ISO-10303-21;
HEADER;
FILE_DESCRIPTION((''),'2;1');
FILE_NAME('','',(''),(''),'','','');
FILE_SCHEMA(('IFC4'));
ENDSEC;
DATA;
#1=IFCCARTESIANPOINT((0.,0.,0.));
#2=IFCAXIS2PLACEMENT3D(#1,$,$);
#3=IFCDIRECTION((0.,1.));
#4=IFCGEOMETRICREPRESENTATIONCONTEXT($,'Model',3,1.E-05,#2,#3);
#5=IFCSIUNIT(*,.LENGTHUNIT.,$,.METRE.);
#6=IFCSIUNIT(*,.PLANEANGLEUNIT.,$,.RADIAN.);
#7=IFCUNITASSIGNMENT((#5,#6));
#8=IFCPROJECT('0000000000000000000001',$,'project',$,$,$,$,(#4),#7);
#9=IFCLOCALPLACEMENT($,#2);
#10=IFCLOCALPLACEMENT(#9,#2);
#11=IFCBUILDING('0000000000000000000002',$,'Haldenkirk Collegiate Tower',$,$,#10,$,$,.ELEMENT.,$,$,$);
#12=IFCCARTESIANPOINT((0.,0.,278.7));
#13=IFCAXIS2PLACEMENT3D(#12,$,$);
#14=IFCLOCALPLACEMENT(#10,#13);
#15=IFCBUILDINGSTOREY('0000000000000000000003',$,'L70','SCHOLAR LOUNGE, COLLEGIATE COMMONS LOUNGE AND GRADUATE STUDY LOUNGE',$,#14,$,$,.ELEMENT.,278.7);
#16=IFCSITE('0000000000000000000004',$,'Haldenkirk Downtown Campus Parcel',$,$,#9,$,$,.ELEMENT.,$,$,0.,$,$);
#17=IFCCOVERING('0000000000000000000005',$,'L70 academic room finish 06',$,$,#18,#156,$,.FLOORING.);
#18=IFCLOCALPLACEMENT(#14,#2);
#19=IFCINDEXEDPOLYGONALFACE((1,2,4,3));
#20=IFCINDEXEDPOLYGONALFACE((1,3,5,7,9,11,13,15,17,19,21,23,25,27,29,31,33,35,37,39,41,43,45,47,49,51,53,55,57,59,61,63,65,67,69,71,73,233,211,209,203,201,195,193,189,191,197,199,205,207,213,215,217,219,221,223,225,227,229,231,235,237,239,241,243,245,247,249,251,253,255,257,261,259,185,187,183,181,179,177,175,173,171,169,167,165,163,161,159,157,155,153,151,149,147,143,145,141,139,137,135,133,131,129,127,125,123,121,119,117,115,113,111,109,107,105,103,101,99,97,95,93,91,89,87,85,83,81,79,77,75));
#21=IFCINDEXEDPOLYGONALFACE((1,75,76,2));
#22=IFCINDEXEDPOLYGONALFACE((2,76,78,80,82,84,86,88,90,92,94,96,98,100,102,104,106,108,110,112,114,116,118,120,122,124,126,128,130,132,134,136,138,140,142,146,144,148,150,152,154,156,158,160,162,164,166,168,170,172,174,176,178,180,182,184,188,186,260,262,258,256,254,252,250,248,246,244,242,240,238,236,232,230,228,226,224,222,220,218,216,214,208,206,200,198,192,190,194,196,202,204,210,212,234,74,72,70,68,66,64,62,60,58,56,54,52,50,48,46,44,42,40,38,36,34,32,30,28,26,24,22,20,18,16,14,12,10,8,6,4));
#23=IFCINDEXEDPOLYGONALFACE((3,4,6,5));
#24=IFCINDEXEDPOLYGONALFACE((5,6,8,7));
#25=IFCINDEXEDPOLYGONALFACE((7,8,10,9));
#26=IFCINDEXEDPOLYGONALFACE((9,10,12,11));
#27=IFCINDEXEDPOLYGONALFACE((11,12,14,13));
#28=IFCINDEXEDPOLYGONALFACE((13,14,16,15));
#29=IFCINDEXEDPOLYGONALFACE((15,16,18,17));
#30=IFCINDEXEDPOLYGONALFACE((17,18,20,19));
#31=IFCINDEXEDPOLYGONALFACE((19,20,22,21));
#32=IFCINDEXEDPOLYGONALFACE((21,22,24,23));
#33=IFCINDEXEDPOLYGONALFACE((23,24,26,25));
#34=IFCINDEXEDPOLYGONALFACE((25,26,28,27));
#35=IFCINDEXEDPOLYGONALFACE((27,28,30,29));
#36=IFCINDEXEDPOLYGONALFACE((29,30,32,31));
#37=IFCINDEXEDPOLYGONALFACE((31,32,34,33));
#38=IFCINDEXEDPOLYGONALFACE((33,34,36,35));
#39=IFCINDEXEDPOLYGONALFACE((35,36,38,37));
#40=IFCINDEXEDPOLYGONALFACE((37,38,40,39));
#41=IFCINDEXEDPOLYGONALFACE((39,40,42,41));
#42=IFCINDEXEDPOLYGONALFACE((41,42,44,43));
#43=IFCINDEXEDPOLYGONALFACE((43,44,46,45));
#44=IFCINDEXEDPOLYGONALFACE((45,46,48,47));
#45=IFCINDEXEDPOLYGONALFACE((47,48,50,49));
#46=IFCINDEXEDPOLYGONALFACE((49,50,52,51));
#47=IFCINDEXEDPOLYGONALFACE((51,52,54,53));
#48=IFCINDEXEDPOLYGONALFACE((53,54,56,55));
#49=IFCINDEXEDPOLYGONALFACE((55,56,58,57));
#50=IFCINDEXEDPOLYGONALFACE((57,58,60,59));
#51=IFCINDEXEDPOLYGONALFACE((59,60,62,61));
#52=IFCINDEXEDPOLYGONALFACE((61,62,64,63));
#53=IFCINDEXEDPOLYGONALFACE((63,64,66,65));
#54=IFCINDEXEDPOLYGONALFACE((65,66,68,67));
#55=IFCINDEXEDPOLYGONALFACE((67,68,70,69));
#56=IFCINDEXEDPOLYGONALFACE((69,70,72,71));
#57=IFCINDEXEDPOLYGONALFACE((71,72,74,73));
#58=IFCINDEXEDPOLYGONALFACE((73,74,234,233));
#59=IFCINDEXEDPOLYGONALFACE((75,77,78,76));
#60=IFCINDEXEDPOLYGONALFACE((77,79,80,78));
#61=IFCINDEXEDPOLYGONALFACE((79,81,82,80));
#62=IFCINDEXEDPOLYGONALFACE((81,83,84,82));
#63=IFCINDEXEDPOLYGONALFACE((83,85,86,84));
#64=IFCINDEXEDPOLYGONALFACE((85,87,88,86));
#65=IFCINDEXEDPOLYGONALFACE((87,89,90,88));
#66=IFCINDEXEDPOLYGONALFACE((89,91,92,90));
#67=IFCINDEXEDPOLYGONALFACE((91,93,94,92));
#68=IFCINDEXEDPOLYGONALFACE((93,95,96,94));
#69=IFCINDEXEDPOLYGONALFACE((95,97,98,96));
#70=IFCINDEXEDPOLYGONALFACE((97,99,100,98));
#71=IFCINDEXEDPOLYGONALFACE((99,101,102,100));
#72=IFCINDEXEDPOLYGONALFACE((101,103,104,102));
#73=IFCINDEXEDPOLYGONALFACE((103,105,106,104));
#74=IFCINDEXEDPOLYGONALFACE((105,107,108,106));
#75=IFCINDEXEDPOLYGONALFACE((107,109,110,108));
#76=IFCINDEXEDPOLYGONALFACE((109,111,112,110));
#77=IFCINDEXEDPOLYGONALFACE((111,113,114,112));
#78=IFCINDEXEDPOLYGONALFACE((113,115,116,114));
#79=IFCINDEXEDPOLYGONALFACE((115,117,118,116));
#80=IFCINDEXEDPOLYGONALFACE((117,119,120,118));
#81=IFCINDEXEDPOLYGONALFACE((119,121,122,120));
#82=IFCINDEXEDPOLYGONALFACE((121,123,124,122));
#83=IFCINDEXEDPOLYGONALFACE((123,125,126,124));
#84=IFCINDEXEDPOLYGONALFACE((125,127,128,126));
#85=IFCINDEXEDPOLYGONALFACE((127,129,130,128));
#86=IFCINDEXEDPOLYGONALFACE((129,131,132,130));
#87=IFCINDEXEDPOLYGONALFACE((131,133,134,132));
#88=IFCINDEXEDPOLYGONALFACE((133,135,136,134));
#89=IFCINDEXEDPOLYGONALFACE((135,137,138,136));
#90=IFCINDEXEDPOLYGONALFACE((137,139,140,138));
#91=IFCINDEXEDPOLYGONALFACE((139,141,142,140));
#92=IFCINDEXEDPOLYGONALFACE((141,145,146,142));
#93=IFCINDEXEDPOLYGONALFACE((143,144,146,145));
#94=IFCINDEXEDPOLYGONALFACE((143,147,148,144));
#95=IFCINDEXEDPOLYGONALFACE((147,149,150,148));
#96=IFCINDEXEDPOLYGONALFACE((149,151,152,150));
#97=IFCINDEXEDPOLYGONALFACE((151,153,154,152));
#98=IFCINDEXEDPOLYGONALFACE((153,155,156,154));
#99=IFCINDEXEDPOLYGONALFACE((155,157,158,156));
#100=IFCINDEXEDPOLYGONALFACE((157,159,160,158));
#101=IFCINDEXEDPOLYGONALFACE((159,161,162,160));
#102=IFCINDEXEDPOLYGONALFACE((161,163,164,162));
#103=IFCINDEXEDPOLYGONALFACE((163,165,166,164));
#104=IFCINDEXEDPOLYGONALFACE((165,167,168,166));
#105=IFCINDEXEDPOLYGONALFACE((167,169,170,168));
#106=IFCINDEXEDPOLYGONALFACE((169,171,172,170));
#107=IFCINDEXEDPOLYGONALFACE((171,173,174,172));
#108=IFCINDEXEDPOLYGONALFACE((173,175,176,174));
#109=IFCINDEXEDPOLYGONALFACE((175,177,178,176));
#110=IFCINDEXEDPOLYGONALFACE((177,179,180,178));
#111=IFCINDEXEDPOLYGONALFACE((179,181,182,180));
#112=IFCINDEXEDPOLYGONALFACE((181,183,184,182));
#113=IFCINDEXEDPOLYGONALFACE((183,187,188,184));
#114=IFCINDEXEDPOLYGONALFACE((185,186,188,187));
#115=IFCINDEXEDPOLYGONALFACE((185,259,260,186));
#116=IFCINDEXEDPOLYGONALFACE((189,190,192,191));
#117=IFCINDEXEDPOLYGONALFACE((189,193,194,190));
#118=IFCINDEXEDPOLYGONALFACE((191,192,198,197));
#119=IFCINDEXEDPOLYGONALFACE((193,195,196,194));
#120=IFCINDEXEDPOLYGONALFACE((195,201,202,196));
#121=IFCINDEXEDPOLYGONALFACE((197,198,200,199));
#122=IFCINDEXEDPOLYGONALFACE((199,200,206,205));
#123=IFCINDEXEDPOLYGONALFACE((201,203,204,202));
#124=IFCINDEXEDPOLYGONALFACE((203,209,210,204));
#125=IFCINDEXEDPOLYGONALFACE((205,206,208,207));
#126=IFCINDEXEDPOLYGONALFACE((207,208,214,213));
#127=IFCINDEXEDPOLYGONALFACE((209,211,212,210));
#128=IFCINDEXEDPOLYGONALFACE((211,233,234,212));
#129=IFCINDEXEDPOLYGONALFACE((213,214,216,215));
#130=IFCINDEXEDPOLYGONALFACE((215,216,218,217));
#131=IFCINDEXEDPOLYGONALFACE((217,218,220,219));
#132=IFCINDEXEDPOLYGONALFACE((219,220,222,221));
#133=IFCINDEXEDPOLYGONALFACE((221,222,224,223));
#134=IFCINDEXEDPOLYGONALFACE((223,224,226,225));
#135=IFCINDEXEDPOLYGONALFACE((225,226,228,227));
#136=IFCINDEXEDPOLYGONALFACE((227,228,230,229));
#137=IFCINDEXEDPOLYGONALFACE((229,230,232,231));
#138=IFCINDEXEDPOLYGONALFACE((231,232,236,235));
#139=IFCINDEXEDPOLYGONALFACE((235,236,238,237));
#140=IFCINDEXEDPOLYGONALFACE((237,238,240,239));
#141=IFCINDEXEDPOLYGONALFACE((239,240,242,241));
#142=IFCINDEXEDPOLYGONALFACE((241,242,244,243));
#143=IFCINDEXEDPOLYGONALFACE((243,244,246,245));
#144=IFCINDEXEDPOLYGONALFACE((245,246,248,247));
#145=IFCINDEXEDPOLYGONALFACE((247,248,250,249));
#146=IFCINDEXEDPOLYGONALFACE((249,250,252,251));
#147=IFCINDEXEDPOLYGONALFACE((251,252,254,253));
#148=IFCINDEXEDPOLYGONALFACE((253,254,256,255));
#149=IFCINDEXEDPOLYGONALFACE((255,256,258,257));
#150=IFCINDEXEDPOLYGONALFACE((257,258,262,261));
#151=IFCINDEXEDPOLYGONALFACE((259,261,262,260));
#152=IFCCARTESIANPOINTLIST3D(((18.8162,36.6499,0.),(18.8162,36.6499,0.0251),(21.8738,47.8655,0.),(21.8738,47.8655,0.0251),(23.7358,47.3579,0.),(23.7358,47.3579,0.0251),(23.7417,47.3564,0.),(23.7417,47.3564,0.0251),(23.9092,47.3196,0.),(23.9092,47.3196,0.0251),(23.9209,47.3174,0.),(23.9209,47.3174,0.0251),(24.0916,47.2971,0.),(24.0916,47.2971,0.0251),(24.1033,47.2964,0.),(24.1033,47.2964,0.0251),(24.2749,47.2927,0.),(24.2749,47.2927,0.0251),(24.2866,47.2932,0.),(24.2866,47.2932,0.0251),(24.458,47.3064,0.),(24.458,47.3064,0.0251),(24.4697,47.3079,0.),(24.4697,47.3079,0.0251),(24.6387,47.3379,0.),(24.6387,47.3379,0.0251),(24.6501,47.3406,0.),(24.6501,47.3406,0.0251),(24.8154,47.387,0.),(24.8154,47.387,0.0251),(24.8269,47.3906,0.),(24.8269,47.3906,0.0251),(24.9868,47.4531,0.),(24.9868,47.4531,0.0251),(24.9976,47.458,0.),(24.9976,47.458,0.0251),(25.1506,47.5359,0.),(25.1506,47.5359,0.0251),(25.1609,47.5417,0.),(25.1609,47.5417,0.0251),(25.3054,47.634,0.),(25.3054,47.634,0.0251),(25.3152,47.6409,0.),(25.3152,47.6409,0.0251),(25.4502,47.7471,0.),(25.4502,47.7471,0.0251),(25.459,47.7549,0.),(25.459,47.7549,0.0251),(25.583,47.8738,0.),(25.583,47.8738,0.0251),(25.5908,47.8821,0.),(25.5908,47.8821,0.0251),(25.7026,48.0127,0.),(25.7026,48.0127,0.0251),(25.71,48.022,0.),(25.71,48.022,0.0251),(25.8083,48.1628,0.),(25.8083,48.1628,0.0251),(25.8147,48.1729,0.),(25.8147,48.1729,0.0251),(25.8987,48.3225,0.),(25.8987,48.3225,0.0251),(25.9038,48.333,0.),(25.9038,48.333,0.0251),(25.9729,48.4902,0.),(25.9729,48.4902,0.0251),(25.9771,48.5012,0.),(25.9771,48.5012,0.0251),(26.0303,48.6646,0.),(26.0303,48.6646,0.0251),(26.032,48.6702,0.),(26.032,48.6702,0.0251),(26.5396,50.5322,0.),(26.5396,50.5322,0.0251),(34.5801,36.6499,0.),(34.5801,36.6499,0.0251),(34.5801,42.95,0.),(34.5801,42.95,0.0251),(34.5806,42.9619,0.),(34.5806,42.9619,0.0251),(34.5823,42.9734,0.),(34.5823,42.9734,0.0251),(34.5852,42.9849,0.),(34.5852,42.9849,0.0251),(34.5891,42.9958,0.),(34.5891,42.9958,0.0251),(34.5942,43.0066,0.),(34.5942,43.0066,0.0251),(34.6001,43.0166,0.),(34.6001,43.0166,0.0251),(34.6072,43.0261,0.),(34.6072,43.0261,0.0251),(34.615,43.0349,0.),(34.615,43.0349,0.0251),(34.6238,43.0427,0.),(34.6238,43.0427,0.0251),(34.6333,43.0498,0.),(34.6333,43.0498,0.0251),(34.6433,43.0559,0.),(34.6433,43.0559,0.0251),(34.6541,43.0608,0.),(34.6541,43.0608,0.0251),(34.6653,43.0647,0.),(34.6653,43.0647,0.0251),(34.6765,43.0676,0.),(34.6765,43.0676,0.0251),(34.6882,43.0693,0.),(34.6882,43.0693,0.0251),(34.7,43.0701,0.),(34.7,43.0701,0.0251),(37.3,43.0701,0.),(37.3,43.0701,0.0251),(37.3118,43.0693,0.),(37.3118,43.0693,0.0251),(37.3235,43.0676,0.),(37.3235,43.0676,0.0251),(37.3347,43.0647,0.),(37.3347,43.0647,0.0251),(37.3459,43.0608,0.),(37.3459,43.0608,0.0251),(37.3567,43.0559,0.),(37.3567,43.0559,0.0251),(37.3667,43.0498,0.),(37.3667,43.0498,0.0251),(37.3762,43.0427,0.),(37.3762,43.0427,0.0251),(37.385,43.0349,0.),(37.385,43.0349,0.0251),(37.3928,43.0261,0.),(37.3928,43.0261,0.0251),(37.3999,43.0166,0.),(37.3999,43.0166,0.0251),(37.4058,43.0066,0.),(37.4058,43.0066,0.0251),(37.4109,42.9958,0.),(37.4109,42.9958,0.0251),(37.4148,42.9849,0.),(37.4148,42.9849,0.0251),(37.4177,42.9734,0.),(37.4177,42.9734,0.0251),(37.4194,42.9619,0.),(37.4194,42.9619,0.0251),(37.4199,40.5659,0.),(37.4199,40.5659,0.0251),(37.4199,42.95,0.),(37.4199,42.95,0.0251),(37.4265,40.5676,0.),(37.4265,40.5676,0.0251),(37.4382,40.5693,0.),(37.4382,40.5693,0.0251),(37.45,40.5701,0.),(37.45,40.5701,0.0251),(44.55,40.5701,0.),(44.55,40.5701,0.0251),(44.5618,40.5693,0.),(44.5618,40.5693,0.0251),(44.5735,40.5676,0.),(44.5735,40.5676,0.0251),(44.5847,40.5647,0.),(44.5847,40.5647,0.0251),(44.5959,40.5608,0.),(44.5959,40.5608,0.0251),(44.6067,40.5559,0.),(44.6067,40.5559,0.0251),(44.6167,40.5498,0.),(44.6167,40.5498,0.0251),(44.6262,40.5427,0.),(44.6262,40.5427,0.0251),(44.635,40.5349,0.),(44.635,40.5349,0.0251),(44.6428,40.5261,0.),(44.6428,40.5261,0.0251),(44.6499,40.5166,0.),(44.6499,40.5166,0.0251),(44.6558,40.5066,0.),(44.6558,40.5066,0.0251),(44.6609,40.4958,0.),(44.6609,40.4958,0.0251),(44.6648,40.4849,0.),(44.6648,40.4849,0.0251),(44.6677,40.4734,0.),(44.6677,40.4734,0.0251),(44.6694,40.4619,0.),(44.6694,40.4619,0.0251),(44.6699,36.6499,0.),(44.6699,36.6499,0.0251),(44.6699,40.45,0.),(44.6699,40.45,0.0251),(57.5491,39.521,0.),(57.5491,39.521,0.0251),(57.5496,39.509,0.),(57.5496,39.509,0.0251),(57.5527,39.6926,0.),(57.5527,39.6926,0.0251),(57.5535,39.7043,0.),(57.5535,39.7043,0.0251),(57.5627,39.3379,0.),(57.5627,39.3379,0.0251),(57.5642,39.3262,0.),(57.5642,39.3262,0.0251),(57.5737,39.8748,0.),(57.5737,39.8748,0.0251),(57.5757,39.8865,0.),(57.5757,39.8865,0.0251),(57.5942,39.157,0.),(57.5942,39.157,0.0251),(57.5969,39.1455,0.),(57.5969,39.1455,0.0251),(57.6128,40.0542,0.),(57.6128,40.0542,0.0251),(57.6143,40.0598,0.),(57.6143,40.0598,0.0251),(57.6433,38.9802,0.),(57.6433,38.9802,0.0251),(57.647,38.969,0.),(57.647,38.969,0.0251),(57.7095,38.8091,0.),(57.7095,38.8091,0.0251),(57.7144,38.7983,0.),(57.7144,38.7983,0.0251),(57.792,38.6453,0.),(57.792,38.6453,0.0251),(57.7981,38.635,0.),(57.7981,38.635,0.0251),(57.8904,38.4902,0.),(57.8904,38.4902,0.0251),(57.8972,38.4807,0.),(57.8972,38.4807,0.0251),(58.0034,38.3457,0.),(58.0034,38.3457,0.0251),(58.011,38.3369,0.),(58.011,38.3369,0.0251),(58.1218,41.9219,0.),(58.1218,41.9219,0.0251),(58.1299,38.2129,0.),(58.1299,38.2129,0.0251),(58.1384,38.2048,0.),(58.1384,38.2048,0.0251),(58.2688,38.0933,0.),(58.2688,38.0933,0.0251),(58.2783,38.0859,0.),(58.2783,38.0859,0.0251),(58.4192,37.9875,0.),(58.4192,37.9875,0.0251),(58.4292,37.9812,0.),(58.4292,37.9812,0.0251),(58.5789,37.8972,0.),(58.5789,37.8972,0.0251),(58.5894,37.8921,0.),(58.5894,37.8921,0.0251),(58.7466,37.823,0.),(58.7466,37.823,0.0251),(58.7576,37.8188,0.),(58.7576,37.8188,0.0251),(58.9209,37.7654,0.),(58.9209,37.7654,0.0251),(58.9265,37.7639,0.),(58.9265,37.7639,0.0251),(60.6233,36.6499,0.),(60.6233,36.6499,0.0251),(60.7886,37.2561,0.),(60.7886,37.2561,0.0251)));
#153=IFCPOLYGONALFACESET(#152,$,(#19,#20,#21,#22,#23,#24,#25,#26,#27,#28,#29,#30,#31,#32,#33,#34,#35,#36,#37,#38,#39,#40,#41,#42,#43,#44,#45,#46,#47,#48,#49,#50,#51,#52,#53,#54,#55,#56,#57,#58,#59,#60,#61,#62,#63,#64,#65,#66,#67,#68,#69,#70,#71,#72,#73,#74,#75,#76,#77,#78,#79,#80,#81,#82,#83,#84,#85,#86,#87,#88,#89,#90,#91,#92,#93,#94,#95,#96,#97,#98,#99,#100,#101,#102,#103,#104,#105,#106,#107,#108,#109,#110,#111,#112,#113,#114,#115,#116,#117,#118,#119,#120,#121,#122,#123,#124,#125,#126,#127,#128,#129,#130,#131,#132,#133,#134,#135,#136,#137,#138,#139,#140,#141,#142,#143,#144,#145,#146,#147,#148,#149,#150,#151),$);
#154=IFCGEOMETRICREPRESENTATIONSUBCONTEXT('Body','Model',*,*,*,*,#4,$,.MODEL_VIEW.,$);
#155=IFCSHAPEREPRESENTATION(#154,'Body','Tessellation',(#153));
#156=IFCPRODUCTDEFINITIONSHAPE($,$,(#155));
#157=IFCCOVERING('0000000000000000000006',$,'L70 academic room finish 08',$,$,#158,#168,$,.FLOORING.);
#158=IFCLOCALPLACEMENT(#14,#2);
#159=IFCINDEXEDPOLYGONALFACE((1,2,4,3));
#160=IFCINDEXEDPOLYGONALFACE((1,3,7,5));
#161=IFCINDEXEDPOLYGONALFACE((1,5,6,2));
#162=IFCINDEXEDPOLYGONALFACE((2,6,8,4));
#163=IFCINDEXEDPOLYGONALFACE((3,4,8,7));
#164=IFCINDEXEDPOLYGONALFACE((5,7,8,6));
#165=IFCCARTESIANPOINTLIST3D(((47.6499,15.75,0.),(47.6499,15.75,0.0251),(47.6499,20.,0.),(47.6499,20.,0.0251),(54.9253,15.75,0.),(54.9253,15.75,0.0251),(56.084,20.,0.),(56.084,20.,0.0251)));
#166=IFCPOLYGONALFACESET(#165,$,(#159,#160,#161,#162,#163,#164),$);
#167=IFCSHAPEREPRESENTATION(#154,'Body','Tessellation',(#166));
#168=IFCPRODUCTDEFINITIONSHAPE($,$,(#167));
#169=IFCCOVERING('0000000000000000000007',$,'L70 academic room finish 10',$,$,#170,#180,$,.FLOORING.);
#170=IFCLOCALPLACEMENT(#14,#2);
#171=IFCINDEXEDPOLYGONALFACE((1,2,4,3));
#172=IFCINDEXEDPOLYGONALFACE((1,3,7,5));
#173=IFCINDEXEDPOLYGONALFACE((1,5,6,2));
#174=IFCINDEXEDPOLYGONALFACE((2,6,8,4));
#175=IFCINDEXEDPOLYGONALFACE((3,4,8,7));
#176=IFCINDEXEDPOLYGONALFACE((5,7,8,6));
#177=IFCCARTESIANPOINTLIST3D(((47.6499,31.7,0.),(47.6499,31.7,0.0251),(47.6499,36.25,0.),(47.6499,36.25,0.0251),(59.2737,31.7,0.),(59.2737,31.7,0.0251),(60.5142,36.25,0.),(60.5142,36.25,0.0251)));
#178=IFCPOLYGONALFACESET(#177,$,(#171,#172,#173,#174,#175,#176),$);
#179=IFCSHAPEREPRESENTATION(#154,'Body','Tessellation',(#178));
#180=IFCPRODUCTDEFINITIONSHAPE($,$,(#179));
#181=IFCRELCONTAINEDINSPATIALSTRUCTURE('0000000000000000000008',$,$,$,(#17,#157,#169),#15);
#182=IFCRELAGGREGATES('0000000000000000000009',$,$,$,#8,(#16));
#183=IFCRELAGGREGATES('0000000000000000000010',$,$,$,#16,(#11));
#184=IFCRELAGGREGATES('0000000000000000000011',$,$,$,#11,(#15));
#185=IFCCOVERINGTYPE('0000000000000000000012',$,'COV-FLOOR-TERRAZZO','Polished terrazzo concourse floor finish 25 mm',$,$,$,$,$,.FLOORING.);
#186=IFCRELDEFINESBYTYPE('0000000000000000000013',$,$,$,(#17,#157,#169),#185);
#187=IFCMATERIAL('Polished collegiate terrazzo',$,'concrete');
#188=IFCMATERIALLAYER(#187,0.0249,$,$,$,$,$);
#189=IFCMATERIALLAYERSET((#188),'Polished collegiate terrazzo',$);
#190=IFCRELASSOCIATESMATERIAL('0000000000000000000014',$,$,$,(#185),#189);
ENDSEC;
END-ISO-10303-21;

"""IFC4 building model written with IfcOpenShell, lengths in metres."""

from ifc_helpers import new_model, si_unit, direction, frame, origin, place, context, subcontext, project, spatial, polyline, outline, extrude, material, layer, layer_set, type_object, element, save


model = new_model("IFC4")

# Units and contexts
model_context = context("Model", 3, precision=1e-05, world=origin(), true_north=direction((0.0, 1.0)))
body_context = subcontext(model_context, "Body", "Model", "MODEL_VIEW")
ifc_project = project(units=[si_unit("LENGTHUNIT", "METRE"), si_unit("PLANEANGLEUNIT", "RADIAN")], contexts=[model_context])

# Site, building, storey
site_placement = place(None, origin())
site = spatial("IfcSite", under=ifc_project, at=site_placement, Name="Haldenkirk Downtown Campus Parcel", CompositionType="ELEMENT", RefElevation=0.0)
building_placement = place(site_placement, origin())
building = spatial("IfcBuilding", under=site, at=building_placement, Name="Haldenkirk Collegiate Tower", CompositionType="ELEMENT")
storey_placement = place(building_placement, frame((0.0, 0.0, 278.7)))
storey = spatial("IfcBuildingStorey", under=building, at=storey_placement, Name="L70", Description="SCHOLAR LOUNGE, COLLEGIATE COMMONS LOUNGE AND GRADUATE STUDY LOUNGE", CompositionType="ELEMENT", Elevation=278.7)

# Coverings
ifc_material_1 = material(Name="Polished collegiate terrazzo", Category="concrete")
ifc_layer_1 = layer(ifc_material_1, 0.0249)
ifc_layer_set_1 = layer_set([ifc_layer_1], Name="Polished collegiate terrazzo")
covering_type_1 = type_object("IfcCoveringType", Name="COV-FLOOR-TERRAZZO", Description="Polished terrazzo concourse floor finish 25 mm", PredefinedType="FLOORING", material=ifc_layer_set_1)
covering_1_placement = place(storey_placement, origin())
element("IfcCovering", 1, at=covering_1_placement, inside=storey, type_object=covering_type_1, Name="L70 academic room finish 06", PredefinedType="FLOORING", context=body_context, shape_type="SweptSolid", body=[
    extrude(outline(polyline([(23.7358, 47.3579), (23.7417, 47.3564), (23.9092, 47.3196), (23.9209, 47.3174), (24.0916, 47.2971), (24.1033, 47.2964), (24.2749, 47.2927), (24.2866, 47.2932), (24.458, 47.3064), (24.4697, 47.3079), (24.6387, 47.3379), (24.6501, 47.3406), (24.8154, 47.387), (24.8269, 47.3906), (24.9868, 47.4531), (24.9976, 47.458), (25.1506, 47.5359), (25.1609, 47.5417), (25.3054, 47.634), (25.3152, 47.6409), (25.4502, 47.7471), (25.459, 47.7549), (25.583, 47.8738), (25.5908, 47.8821), (25.7026, 48.0127), (25.71, 48.022), (25.8083, 48.1628), (25.8147, 48.1729), (25.8987, 48.3225), (25.9038, 48.333), (25.9729, 48.4902), (25.9771, 48.5012), (26.0303, 48.6646), (26.032, 48.6702), (26.5396, 50.5322), (58.1218, 41.9219), (57.6143, 40.0598), (57.6128, 40.0542), (57.5757, 39.8865), (57.5737, 39.8748), (57.5535, 39.7043), (57.5527, 39.6926), (57.5491, 39.521), (57.5496, 39.509), (57.5627, 39.3379), (57.5642, 39.3262), (57.5942, 39.157), (57.5969, 39.1455), (57.6433, 38.9802), (57.647, 38.969), (57.7095, 38.8091), (57.7144, 38.7983), (57.792, 38.6453), (57.7981, 38.635), (57.8904, 38.4902), (57.8972, 38.4807), (58.0034, 38.3457), (58.011, 38.3369), (58.1299, 38.2129), (58.1384, 38.2048), (58.2688, 38.0933), (58.2783, 38.0859), (58.4192, 37.9875), (58.4292, 37.9812), (58.5789, 37.8972), (58.5894, 37.8921), (58.7466, 37.823), (58.7576, 37.8188), (58.9209, 37.7654), (58.9265, 37.7639), (60.7886, 37.2561), (60.6233, 36.6499), (44.6699, 36.6499), (44.6699, 40.45), (44.6694, 40.4619), (44.6677, 40.4734), (44.6648, 40.4849), (44.6609, 40.4958), (44.6558, 40.5066), (44.6499, 40.5166), (44.6428, 40.5261), (44.635, 40.5349), (44.6262, 40.5427), (44.6167, 40.5498), (44.6067, 40.5559), (44.5959, 40.5608), (44.5847, 40.5647), (44.5735, 40.5676), (44.5618, 40.5693), (44.55, 40.5701), (37.45, 40.5701), (37.4382, 40.5693), (37.4265, 40.5676), (37.4199, 40.5659), (37.4199, 42.95), (37.4194, 42.9619), (37.4177, 42.9734), (37.4148, 42.9849), (37.4109, 42.9958), (37.4058, 43.0066), (37.3999, 43.0166), (37.3928, 43.0261), (37.385, 43.0349), (37.3762, 43.0427), (37.3667, 43.0498), (37.3567, 43.0559), (37.3459, 43.0608), (37.3347, 43.0647), (37.3235, 43.0676), (37.3118, 43.0693), (37.3, 43.0701), (34.7, 43.0701), (34.6882, 43.0693), (34.6765, 43.0676), (34.6653, 43.0647), (34.6541, 43.0608), (34.6433, 43.0559), (34.6333, 43.0498), (34.6238, 43.0427), (34.615, 43.0349), (34.6072, 43.0261), (34.6001, 43.0166), (34.5942, 43.0066), (34.5891, 42.9958), (34.5852, 42.9849), (34.5823, 42.9734), (34.5806, 42.9619), (34.5801, 42.95), (34.5801, 36.6499), (18.8162, 36.6499), (21.8738, 47.8655), (23.7358, 47.3579)])), origin(), (0.0, 0.0, 1.0), 0.0251),
])
covering_2_placement = place(storey_placement, origin())
element("IfcCovering", 2, at=covering_2_placement, inside=storey, type_object=covering_type_1, Name="L70 academic room finish 08", PredefinedType="FLOORING", context=body_context, shape_type="SweptSolid", body=[
    extrude(outline(polyline([(54.9253, 15.75), (47.6499, 15.75), (47.6499, 20.0), (56.084, 20.0), (54.9253, 15.75)])), origin(), (0.0, 0.0, 1.0), 0.0251),
])
covering_3_placement = place(storey_placement, origin())
element("IfcCovering", 3, at=covering_3_placement, inside=storey, type_object=covering_type_1, Name="L70 academic room finish 10", PredefinedType="FLOORING", context=body_context, shape_type="SweptSolid", body=[
    extrude(outline(polyline([(59.2737, 31.7), (47.6499, 31.7), (47.6499, 36.25), (60.5142, 36.25), (59.2737, 31.7)])), origin(), (0.0, 0.0, 1.0), 0.0251),
])

save(model, "model.ifc")
